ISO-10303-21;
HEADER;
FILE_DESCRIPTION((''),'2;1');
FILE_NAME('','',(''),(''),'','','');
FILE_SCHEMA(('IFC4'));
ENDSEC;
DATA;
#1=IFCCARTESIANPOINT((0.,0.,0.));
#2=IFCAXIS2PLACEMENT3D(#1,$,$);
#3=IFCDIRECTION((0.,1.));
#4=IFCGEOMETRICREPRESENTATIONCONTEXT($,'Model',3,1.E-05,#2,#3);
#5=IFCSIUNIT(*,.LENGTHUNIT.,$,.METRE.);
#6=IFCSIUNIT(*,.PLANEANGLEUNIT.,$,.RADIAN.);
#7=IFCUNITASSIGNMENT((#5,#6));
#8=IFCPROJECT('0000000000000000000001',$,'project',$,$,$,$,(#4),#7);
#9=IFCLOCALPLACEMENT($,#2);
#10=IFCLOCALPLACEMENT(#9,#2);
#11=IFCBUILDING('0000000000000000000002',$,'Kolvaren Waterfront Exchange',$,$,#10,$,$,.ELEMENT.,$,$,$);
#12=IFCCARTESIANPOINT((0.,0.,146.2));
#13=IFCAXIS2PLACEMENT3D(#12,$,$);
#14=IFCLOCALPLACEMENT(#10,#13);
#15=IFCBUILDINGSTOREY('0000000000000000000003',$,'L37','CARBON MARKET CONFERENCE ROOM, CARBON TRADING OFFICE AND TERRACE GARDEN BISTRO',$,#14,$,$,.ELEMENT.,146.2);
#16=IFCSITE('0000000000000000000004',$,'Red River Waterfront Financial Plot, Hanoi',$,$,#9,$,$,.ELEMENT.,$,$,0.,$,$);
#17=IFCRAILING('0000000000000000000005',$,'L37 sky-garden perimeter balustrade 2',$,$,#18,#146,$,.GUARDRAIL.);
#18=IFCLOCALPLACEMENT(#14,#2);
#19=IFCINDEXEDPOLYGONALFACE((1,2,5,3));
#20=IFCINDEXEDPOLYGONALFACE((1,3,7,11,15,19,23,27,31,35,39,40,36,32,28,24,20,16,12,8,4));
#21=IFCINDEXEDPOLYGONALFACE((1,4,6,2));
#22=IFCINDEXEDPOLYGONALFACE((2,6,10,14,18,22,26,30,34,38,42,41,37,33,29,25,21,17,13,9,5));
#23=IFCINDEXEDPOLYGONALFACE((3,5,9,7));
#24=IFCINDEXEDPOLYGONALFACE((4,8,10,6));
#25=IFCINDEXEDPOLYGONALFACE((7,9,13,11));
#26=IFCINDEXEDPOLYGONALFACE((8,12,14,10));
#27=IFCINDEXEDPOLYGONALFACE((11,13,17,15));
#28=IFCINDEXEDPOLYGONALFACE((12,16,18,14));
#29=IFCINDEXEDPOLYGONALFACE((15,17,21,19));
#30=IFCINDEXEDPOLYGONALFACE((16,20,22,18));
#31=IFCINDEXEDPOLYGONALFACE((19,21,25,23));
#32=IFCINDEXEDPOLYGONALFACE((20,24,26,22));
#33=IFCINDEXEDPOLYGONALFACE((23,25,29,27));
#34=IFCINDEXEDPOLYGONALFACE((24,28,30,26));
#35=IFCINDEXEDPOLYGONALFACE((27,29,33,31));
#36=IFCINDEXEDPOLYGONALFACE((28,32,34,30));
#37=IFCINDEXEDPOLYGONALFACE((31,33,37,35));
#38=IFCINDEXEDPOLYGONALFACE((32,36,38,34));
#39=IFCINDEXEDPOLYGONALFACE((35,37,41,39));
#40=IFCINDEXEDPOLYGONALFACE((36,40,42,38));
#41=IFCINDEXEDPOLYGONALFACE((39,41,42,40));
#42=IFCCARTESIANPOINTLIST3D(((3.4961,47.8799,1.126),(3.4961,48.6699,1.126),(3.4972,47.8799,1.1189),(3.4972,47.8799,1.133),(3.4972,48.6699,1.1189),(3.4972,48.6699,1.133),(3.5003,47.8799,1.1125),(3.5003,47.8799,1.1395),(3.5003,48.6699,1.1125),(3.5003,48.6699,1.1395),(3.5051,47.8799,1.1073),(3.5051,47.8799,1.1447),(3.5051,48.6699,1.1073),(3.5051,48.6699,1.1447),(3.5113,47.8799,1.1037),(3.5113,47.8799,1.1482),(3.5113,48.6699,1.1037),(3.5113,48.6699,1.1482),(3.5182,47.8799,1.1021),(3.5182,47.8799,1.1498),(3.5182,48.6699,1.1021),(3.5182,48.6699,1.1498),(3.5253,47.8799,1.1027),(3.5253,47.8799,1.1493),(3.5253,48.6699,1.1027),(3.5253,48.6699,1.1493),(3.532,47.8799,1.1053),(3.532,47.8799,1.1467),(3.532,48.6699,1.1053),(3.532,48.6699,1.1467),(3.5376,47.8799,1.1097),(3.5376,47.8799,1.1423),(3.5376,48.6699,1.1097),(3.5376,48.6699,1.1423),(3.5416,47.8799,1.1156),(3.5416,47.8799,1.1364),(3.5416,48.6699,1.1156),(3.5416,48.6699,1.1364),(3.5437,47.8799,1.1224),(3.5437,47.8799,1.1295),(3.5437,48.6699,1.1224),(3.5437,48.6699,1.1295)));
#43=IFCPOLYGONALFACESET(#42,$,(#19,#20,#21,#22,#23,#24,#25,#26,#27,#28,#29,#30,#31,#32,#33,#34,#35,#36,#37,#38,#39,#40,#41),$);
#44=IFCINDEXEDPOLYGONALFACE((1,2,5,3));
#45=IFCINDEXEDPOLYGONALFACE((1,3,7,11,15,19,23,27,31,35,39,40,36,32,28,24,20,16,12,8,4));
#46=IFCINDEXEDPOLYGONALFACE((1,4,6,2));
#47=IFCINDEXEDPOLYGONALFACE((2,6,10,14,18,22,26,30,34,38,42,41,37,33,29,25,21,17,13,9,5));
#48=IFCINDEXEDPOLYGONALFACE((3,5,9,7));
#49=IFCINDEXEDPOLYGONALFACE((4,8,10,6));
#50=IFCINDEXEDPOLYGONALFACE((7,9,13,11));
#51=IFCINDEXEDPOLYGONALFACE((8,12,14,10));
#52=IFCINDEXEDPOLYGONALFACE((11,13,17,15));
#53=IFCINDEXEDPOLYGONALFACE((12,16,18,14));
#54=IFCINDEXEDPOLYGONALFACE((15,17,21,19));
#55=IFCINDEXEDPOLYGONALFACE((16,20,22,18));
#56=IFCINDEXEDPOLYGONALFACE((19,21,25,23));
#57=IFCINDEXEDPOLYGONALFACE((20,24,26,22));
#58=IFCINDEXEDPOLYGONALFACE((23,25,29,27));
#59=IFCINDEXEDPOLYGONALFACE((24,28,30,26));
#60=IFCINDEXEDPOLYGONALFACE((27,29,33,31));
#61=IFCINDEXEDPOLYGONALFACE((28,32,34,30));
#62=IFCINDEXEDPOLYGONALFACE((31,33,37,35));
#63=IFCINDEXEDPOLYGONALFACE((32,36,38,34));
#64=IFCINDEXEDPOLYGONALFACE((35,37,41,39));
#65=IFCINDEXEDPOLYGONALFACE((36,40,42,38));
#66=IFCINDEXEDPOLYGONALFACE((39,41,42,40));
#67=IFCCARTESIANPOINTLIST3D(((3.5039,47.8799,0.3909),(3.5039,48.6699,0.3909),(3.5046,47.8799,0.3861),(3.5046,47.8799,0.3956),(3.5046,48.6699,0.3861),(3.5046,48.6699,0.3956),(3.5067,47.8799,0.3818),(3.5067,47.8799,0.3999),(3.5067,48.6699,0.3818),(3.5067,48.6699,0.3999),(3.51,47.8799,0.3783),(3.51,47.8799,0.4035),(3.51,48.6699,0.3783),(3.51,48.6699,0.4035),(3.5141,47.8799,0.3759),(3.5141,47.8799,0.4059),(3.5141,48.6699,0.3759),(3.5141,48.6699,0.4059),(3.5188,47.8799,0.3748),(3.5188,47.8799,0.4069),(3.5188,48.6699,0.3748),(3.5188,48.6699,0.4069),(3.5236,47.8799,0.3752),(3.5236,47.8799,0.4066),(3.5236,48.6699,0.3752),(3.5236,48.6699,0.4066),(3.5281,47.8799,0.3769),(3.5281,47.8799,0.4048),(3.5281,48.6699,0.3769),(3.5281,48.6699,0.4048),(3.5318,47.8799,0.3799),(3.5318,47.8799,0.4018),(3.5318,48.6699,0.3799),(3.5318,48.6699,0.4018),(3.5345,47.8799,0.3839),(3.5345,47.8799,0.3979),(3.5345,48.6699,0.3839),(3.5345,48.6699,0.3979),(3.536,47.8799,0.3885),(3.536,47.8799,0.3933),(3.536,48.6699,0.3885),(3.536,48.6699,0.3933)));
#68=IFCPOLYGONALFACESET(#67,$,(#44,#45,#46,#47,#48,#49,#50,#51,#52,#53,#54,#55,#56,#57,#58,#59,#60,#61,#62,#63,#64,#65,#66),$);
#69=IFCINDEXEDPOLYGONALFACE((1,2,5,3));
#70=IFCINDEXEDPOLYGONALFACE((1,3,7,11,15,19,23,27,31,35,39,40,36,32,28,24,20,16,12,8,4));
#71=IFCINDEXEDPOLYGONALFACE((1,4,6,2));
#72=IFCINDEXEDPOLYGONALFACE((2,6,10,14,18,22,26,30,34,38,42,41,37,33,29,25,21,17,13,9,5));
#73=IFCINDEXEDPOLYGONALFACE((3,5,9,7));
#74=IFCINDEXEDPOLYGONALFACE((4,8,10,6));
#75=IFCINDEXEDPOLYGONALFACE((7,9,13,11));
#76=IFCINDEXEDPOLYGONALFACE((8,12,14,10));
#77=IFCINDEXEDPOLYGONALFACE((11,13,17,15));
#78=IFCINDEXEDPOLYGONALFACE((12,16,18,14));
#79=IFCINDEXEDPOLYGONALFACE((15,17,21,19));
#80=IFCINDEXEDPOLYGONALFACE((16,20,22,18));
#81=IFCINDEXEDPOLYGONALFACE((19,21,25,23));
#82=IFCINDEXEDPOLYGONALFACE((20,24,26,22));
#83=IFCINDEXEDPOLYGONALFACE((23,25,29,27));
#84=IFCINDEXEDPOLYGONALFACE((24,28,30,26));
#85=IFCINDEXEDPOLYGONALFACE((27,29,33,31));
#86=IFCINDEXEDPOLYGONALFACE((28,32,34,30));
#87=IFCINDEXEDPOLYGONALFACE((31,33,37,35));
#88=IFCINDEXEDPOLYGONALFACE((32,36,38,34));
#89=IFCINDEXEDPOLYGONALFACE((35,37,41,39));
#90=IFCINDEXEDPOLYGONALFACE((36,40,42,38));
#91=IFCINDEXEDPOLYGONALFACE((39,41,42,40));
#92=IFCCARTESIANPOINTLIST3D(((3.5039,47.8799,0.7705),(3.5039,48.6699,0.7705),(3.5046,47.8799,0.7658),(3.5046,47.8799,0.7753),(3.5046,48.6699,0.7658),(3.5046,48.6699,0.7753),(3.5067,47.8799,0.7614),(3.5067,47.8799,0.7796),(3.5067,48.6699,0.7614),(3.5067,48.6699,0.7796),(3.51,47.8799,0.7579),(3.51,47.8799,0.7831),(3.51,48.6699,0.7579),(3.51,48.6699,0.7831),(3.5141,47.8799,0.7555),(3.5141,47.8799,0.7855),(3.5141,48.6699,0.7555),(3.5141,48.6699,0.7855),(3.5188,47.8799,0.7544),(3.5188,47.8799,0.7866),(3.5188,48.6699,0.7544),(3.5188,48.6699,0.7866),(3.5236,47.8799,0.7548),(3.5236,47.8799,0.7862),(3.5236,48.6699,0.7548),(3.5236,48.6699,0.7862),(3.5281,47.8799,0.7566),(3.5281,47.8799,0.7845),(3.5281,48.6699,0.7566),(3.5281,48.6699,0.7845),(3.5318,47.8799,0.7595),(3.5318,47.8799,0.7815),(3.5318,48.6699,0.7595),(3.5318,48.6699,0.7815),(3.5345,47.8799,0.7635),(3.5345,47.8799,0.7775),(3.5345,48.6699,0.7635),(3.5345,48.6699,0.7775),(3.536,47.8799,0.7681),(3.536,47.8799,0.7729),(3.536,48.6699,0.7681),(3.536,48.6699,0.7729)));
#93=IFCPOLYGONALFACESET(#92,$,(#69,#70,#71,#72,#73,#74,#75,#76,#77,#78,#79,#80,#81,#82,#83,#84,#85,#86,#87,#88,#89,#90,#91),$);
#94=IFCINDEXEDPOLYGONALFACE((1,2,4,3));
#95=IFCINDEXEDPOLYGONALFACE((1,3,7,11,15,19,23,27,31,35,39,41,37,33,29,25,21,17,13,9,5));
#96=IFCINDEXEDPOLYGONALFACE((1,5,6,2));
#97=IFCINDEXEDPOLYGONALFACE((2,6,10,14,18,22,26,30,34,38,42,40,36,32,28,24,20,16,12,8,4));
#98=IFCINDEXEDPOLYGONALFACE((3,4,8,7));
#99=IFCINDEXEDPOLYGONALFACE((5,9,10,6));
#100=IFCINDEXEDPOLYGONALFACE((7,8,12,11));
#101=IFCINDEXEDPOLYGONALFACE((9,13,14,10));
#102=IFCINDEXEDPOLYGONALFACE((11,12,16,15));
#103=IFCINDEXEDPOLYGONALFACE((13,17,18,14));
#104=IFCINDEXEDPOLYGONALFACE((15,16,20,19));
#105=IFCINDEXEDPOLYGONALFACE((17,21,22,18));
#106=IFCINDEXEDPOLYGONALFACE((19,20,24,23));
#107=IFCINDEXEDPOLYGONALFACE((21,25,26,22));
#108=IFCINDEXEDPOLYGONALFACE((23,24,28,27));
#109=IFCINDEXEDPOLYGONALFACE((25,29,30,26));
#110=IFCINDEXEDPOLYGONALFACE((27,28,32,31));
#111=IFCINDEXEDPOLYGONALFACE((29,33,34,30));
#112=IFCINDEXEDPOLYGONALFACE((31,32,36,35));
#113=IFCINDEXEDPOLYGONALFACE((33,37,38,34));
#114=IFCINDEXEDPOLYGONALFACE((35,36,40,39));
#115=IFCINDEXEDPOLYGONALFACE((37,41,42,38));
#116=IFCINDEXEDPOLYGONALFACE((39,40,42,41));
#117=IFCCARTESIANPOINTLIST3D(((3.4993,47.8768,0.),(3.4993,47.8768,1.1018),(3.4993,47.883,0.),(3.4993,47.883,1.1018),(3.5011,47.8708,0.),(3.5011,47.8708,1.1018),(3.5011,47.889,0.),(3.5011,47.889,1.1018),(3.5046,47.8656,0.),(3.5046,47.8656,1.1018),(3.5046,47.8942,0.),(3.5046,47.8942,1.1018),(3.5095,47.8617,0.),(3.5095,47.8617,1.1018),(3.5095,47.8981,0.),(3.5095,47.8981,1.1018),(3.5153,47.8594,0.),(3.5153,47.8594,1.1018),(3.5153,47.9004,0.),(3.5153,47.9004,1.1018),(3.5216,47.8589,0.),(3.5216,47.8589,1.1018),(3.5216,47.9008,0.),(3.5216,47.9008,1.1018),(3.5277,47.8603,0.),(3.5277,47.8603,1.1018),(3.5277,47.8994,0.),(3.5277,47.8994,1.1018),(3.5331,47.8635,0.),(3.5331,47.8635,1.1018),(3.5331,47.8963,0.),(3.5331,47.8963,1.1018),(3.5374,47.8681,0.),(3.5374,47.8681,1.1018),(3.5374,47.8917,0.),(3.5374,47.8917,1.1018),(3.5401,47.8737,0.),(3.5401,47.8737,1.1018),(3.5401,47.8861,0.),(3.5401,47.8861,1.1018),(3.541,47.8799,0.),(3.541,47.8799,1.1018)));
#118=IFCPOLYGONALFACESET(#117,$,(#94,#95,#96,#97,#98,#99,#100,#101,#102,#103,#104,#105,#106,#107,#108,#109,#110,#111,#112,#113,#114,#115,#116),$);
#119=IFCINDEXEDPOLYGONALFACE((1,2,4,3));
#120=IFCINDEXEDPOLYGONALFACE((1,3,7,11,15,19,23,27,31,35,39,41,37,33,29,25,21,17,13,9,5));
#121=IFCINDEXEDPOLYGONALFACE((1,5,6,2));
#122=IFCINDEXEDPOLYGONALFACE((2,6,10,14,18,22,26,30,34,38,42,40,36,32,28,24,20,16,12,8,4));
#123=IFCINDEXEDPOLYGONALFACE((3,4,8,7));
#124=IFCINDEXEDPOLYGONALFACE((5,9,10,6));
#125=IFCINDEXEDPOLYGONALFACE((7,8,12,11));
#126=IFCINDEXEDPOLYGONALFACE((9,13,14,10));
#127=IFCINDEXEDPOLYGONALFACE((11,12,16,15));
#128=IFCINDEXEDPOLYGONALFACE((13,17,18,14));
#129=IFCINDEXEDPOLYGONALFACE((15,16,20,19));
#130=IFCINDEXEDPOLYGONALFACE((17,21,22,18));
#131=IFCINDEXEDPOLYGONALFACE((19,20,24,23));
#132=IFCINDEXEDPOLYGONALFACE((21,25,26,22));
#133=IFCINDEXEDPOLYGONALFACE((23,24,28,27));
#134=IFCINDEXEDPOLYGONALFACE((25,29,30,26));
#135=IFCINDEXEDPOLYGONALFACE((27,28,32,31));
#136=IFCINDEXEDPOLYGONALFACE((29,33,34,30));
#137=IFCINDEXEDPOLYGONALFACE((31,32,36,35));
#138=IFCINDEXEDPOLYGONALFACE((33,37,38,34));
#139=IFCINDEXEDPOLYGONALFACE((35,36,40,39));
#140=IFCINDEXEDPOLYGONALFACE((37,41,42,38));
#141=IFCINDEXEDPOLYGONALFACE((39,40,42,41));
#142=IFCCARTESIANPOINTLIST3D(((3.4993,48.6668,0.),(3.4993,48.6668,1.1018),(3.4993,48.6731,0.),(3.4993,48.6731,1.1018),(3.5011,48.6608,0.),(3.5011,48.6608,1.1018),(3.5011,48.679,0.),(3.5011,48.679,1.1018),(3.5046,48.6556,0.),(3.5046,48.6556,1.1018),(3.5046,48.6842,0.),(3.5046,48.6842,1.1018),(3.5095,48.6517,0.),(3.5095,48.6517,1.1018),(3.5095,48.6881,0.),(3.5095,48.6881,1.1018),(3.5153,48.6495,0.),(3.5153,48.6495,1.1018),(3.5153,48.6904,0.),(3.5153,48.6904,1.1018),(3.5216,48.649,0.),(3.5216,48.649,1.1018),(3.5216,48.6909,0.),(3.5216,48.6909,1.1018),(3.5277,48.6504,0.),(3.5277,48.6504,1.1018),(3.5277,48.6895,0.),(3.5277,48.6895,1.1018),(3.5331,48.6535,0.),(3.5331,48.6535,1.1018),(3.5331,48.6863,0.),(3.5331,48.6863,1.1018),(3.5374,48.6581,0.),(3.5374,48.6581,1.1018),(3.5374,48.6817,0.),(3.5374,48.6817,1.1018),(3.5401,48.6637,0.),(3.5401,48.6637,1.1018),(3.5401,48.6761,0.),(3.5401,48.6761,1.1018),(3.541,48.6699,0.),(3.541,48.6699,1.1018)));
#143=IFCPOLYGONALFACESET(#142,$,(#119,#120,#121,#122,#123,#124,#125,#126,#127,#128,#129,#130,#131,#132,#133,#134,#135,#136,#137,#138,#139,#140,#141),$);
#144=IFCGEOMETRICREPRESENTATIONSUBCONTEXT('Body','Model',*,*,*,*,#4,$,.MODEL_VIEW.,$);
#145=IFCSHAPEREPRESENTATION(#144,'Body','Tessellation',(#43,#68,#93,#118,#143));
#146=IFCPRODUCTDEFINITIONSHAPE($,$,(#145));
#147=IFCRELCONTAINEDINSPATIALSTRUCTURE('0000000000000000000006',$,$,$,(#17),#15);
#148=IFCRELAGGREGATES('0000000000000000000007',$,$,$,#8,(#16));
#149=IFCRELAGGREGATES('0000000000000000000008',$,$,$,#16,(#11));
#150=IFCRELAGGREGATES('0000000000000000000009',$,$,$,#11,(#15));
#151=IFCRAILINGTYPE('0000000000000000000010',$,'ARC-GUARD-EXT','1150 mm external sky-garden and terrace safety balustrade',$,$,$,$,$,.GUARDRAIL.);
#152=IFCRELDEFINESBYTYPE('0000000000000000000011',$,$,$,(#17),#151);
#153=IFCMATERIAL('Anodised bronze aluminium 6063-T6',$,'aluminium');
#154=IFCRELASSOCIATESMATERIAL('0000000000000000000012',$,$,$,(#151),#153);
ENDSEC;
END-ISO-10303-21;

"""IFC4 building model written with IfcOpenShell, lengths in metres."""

from ifc_helpers import new_model, si_unit, direction, frame, origin, origin_2d, place, context, subcontext, project, spatial, circle, extrude, material, type_object, element, save


model = new_model("IFC4")

# Units and contexts
model_context = context("Model", 3, precision=1e-05, world=origin(), true_north=direction((0.0, 1.0)))
body_context = subcontext(model_context, "Body", "Model", "MODEL_VIEW")
ifc_project = project(units=[si_unit("LENGTHUNIT", "METRE"), si_unit("PLANEANGLEUNIT", "RADIAN")], contexts=[model_context])

# Site, building, storey
site_placement = place(None, origin())
site = spatial("IfcSite", under=ifc_project, at=site_placement, Name="Red River Waterfront Financial Plot, Hanoi", CompositionType="ELEMENT", RefElevation=0.0)
building_placement = place(site_placement, origin())
building = spatial("IfcBuilding", under=site, at=building_placement, Name="Kolvaren Waterfront Exchange", CompositionType="ELEMENT")
storey_placement = place(building_placement, frame((0.0, 0.0, 146.2)))
storey = spatial("IfcBuildingStorey", under=building, at=storey_placement, Name="L37", Description="CARBON MARKET CONFERENCE ROOM, CARBON TRADING OFFICE AND TERRACE GARDEN BISTRO", CompositionType="ELEMENT", Elevation=146.2)

# Railing
ifc_material_1 = material(Name="Anodised bronze aluminium 6063-T6", Category="aluminium")
railing_type = type_object("IfcRailingType", Name="ARC-GUARD-EXT", Description="1150 mm external sky-garden and terrace safety balustrade", PredefinedType="GUARDRAIL", material=ifc_material_1)
railing_1_placement = place(storey_placement, frame((3.52, 47.8799, 0.0)))
element("IfcRailing", 1, at=railing_1_placement, inside=storey, type_object=railing_type, Name="L37 sky-garden perimeter balustrade 2", PredefinedType="GUARDRAIL", context=body_context, shape_type="SweptSolid", body=[
    extrude(circle(Radius=0.0239, at=origin_2d()), frame((0.0, 0.0, 1.126), z_axis=(0.0, 1.0, 0.0), x_axis=(-1.0, 0.0, 0.0)), (0.0, 0.0, 1.0), 0.79),
    extrude(circle(Radius=0.0161, at=origin_2d()), frame((0.0, 0.0, 0.3909), z_axis=(0.0, 1.0, 0.0), x_axis=(-1.0, 0.0, 0.0)), (0.0, 0.0, 1.0), 0.79),
    extrude(circle(Radius=0.0161, at=origin_2d()), frame((0.0, 0.0, 0.7705), z_axis=(0.0, 1.0, 0.0), x_axis=(-1.0, 0.0, 0.0)), (0.0, 0.0, 1.0), 0.79),
    extrude(circle(Radius=0.021, at=origin_2d()), origin(), (0.0, 0.0, 1.0), 1.1018),
    extrude(circle(Radius=0.021, at=origin_2d()), frame((0.0, 0.79, 0.0)), (0.0, 0.0, 1.0), 1.1018),
])

save(model, "model.ifc")
